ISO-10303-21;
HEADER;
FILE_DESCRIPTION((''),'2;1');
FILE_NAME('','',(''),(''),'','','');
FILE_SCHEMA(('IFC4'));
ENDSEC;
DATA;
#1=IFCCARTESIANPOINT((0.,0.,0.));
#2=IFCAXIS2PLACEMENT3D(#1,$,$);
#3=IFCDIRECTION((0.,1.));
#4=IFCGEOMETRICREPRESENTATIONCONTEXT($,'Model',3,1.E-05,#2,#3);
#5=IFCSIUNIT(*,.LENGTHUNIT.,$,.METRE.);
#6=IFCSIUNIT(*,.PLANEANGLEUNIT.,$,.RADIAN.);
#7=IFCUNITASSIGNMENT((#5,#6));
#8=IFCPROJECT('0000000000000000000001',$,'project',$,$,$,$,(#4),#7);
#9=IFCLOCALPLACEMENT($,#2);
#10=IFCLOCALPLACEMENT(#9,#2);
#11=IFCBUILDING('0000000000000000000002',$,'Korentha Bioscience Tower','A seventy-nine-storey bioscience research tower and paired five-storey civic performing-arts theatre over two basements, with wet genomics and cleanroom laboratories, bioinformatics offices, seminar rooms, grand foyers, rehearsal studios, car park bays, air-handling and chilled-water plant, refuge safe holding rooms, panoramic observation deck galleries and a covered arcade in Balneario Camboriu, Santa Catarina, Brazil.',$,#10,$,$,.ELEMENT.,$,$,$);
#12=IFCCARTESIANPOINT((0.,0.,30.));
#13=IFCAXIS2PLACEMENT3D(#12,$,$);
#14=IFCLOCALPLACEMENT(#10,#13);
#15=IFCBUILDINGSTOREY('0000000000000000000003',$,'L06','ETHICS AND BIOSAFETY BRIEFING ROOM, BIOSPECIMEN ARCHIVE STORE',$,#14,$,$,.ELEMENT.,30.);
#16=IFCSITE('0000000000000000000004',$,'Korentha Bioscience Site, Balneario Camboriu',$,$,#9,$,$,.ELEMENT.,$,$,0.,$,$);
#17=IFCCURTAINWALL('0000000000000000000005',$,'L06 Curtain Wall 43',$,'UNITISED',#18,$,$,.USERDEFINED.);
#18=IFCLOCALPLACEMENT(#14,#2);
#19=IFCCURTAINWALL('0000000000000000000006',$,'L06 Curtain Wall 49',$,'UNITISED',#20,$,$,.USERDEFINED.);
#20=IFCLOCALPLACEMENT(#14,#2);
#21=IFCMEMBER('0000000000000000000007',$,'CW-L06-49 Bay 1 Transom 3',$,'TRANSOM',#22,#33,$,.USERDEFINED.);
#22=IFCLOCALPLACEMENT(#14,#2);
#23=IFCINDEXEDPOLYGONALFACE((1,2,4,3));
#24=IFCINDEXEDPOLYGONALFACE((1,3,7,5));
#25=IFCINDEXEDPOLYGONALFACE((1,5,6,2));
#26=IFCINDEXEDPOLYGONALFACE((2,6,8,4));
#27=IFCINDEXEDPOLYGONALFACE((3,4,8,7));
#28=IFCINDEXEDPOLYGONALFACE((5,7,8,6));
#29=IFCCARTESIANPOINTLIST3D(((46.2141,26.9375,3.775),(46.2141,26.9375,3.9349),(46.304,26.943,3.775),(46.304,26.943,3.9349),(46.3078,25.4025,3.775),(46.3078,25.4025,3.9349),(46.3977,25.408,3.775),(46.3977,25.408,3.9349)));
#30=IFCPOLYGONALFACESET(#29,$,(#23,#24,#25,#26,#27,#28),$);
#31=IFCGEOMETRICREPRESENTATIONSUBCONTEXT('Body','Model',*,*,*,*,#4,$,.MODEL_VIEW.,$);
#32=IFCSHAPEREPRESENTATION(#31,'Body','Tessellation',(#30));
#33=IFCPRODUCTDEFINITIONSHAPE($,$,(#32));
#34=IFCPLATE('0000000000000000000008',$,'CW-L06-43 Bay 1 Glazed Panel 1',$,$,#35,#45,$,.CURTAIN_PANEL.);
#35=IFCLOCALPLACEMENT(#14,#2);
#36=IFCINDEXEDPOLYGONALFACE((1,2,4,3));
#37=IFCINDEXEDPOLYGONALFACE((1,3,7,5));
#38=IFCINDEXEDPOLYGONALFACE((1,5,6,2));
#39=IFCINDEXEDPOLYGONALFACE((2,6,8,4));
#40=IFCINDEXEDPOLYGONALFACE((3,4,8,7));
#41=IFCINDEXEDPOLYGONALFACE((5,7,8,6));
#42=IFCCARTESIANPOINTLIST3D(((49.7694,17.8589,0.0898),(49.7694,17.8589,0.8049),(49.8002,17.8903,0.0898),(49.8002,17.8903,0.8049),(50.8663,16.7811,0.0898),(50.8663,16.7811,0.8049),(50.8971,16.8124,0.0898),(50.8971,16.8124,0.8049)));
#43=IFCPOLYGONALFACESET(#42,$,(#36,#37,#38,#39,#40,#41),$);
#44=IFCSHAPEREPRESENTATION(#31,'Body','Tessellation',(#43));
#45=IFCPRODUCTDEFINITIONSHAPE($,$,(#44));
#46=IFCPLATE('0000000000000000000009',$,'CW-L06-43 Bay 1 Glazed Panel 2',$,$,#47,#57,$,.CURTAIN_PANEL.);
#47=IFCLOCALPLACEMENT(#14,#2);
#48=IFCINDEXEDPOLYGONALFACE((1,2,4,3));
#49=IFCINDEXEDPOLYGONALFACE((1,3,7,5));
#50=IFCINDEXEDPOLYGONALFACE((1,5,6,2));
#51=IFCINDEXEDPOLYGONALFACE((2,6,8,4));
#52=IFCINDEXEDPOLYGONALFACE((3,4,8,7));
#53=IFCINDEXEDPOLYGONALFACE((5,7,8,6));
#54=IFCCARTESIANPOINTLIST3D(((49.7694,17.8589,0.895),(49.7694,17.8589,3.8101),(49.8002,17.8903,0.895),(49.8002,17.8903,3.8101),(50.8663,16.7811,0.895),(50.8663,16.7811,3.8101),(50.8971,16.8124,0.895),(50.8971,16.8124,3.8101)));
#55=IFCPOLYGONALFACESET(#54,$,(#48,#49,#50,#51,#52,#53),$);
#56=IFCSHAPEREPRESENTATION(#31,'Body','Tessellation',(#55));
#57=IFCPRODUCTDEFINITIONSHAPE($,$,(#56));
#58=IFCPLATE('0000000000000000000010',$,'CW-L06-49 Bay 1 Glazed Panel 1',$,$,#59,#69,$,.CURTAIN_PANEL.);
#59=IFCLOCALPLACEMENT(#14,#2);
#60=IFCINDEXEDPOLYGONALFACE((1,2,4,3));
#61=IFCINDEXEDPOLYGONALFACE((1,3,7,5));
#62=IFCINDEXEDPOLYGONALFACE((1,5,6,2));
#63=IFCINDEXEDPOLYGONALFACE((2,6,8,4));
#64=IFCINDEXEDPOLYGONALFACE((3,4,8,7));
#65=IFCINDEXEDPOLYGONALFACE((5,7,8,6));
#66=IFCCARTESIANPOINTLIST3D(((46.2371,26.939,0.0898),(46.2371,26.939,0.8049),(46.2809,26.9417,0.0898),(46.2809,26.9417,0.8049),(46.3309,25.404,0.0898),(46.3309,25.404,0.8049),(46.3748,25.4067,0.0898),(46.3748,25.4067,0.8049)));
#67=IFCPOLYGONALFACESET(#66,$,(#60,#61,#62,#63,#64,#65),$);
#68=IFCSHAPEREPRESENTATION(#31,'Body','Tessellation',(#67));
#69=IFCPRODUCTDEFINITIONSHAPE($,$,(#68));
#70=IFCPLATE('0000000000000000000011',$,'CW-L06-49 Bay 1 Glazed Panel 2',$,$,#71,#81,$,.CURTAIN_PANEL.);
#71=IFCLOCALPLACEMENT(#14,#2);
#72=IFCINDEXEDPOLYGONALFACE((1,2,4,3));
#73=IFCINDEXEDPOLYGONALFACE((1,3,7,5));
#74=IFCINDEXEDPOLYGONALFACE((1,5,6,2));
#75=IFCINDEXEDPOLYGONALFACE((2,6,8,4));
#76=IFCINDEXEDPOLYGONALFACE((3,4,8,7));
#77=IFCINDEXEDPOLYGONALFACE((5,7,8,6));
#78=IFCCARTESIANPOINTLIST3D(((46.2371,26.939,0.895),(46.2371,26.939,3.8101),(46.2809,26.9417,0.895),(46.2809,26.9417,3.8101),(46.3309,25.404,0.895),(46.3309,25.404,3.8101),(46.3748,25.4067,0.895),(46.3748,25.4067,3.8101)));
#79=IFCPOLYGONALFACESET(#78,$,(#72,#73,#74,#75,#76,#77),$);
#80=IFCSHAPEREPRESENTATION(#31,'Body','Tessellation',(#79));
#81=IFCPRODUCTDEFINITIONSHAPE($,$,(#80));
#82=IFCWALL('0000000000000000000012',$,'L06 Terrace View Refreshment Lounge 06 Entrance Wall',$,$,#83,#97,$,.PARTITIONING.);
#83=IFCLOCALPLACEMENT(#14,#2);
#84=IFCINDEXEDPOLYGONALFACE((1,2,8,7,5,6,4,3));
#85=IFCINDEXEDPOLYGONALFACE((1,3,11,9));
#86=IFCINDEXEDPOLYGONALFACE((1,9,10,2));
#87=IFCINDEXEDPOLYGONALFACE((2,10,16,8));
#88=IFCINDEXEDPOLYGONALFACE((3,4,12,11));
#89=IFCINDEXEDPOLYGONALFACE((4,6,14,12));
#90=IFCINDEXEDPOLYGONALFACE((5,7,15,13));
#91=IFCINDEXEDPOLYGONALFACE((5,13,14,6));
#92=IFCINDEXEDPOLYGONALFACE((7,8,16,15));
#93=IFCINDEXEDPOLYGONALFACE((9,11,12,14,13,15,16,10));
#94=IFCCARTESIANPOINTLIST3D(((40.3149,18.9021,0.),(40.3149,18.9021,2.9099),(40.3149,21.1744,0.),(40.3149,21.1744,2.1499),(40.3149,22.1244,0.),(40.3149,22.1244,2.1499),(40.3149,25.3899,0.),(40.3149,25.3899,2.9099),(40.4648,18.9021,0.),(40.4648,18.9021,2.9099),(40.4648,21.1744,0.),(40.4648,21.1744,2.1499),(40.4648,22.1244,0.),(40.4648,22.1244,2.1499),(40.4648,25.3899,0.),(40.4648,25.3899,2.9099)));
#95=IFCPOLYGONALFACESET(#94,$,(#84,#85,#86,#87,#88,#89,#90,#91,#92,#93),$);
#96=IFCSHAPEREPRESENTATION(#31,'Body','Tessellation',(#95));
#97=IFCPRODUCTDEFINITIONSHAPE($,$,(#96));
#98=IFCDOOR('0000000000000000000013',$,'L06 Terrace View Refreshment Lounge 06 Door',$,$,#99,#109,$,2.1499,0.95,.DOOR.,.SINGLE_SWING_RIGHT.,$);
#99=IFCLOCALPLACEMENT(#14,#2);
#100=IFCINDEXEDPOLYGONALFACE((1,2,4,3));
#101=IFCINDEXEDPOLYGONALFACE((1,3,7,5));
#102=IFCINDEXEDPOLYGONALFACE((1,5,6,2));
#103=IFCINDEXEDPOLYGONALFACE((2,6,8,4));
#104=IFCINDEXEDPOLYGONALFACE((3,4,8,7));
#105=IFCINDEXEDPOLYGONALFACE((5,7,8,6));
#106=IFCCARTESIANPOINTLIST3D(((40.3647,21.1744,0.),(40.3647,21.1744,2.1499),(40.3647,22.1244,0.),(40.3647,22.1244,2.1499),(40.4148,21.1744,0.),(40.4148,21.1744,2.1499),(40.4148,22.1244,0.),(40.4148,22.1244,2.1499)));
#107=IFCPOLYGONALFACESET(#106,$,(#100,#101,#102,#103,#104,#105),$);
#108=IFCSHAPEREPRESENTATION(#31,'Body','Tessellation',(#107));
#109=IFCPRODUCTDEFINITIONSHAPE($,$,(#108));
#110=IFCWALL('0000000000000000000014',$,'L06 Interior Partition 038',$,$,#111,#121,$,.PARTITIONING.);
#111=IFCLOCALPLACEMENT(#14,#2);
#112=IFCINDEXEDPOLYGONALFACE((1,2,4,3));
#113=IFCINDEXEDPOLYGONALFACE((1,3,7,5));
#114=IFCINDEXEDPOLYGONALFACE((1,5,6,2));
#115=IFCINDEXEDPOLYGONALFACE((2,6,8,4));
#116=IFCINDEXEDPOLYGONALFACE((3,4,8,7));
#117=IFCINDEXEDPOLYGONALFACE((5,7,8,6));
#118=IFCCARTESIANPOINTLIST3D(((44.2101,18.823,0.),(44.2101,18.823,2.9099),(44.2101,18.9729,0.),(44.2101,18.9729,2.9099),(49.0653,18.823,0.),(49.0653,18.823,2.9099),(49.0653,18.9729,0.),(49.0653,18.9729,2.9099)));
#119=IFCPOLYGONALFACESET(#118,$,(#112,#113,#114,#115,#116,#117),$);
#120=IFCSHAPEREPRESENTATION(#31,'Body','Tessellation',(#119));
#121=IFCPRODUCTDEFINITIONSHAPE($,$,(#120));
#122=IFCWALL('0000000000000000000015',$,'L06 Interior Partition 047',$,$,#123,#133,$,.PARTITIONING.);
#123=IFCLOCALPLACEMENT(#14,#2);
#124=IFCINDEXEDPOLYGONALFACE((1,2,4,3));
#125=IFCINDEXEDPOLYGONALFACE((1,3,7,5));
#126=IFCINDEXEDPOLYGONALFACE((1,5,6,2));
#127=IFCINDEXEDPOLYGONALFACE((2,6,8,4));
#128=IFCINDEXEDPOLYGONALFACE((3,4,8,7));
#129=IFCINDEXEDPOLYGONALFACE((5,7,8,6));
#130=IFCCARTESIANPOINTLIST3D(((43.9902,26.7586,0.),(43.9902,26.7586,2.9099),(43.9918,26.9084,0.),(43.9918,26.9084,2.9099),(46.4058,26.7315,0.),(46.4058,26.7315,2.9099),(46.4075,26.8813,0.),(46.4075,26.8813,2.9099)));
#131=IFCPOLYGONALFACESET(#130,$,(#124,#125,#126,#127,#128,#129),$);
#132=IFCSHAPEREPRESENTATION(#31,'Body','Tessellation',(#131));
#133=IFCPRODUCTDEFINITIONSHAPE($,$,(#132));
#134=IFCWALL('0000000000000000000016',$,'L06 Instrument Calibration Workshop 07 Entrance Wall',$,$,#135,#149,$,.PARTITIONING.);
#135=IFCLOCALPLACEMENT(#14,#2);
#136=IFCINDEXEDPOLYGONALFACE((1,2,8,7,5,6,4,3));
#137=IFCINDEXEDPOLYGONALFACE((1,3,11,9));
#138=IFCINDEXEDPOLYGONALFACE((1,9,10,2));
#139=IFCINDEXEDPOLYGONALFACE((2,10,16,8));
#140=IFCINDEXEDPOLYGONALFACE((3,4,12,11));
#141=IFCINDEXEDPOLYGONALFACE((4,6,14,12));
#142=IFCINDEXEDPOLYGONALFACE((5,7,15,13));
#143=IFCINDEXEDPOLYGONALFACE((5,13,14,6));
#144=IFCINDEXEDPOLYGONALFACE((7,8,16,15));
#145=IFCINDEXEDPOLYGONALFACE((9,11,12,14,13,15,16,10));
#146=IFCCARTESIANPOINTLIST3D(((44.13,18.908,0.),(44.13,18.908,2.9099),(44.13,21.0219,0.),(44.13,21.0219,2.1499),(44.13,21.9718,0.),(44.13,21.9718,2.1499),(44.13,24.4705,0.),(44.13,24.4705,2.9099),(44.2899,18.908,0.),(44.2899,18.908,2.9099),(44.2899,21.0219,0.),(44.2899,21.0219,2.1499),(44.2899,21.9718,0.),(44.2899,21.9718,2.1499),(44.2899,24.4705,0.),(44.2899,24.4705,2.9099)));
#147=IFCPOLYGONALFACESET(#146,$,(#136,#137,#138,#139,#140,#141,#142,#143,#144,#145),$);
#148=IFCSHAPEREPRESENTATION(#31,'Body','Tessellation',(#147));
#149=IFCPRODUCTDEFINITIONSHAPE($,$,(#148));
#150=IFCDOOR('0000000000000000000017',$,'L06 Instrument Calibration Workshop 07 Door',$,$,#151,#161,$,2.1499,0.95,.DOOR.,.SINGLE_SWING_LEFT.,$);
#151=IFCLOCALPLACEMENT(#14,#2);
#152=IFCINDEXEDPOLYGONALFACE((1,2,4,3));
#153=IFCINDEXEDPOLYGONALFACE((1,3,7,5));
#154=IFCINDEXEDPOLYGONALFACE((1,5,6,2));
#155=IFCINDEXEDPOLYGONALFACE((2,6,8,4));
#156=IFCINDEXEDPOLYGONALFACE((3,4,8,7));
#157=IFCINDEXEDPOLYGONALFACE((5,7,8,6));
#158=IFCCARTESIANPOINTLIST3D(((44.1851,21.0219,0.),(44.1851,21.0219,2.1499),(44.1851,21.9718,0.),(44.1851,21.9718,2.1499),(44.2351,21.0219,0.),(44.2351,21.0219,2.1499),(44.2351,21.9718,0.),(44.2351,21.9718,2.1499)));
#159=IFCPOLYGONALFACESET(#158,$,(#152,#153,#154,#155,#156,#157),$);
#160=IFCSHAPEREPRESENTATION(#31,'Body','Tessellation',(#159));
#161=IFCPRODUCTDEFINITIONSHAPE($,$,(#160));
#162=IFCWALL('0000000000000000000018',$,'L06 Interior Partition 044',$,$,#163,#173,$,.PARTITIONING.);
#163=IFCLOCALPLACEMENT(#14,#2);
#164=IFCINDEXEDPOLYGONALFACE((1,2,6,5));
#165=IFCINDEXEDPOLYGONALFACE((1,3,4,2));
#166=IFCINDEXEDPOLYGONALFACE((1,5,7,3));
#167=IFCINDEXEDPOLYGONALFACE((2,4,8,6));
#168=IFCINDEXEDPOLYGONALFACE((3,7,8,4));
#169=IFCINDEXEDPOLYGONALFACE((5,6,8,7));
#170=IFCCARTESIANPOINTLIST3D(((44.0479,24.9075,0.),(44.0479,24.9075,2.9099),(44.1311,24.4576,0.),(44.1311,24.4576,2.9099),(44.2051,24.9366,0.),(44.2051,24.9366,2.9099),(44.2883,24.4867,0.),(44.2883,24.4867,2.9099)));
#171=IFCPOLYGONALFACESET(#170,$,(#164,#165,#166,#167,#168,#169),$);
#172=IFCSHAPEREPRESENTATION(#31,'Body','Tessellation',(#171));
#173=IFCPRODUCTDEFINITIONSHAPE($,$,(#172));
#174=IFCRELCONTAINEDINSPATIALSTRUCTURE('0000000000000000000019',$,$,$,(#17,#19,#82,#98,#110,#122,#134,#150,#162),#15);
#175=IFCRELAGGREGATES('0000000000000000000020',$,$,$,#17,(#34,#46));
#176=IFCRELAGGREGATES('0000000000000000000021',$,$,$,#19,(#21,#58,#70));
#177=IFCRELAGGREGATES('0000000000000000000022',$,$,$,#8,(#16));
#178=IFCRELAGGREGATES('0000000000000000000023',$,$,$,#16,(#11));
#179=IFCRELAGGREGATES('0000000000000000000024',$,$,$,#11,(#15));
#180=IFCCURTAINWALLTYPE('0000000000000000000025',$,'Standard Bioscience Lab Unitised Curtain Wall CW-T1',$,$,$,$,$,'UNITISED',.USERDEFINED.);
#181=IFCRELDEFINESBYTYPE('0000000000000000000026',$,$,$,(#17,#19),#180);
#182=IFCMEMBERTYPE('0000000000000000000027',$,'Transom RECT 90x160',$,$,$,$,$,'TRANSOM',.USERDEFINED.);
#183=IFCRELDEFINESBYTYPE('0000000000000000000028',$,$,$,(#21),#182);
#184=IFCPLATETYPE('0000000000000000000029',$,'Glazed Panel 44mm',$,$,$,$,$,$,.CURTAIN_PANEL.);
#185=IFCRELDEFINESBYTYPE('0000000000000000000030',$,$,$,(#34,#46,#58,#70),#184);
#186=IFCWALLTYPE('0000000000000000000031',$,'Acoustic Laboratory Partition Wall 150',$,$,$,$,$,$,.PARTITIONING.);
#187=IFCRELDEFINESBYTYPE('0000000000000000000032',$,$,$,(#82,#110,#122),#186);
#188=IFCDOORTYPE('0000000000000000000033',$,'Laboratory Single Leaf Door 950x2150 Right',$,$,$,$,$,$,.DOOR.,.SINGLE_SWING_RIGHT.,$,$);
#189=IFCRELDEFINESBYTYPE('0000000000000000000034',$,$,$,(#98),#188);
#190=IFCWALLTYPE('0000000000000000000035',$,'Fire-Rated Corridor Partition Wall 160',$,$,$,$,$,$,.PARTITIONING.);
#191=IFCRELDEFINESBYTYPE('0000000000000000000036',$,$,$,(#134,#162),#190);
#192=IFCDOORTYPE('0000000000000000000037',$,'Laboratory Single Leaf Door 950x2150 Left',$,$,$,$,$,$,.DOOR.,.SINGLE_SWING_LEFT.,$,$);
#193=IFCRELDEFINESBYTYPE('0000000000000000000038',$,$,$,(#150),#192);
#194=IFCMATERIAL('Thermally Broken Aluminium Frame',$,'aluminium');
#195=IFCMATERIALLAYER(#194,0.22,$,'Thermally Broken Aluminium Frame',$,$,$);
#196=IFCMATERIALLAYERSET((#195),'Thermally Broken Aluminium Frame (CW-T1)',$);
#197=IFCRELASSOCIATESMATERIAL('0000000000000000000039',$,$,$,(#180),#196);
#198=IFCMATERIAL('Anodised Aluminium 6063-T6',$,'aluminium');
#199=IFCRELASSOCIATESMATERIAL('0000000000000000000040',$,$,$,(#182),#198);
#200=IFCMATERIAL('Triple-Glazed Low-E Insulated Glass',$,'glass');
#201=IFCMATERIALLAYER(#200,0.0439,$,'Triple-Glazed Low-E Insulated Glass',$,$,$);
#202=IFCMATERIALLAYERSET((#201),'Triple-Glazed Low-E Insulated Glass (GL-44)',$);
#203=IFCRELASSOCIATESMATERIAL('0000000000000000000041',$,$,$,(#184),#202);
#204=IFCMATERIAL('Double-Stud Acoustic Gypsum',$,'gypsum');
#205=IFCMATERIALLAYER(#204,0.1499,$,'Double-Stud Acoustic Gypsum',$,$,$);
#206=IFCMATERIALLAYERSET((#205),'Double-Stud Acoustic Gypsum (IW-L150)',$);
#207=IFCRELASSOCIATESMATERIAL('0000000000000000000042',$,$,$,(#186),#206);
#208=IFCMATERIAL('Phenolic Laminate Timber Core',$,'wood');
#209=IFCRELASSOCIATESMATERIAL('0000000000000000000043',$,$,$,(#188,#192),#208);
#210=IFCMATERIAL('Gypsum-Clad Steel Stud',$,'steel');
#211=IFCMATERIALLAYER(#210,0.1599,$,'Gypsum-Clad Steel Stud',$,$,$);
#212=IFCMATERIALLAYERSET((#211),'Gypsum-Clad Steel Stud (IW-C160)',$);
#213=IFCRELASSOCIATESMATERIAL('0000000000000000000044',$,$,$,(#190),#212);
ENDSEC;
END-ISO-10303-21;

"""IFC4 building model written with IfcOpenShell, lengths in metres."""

from ifc_helpers import new_model, si_unit, direction, frame, frame_2d, origin, origin_2d, place, context, subcontext, project, spatial, rectangle, extrude, material, layer, layer_set, material_profile, profile_set, type_object, element, fill, aggregate, save


model = new_model("IFC4")

# Units and contexts
model_context = context("Model", 3, precision=1e-05, world=origin(), true_north=direction((0.0, 1.0)))
body_context = subcontext(model_context, "Body", "Model", "MODEL_VIEW")
ifc_project = project(units=[si_unit("LENGTHUNIT", "METRE"), si_unit("PLANEANGLEUNIT", "RADIAN")], contexts=[model_context])

# Site, building, storey
site_placement = place(None, origin())
site = spatial("IfcSite", under=ifc_project, at=site_placement, Name="Korentha Bioscience Site, Balneario Camboriu", CompositionType="ELEMENT", RefElevation=0.0)
building_placement = place(site_placement, origin())
building = spatial("IfcBuilding", under=site, at=building_placement, Name="Korentha Bioscience Tower", Description="A seventy-nine-storey bioscience research tower and paired five-storey civic performing-arts theatre over two basements, with wet genomics and cleanroom laboratories, bioinformatics offices, seminar rooms, grand foyers, rehearsal studios, car park bays, air-handling and chilled-water plant, refuge safe holding rooms, panoramic observation deck galleries and a covered arcade in Balneario Camboriu, Santa Catarina, Brazil.", CompositionType="ELEMENT")
storey_placement = place(building_placement, frame((0.0, 0.0, 30.0)))
storey = spatial("IfcBuildingStorey", under=building, at=storey_placement, Name="L06", Description="ETHICS AND BIOSAFETY BRIEFING ROOM, BIOSPECIMEN ARCHIVE STORE", CompositionType="ELEMENT", Elevation=30.0)

# Curtain wall
ifc_material_1 = material(Name="Thermally Broken Aluminium Frame", Category="aluminium")
ifc_layer_1 = layer(ifc_material_1, 0.22, Name="Thermally Broken Aluminium Frame")
ifc_layer_set_1 = layer_set([ifc_layer_1], Name="Thermally Broken Aluminium Frame (CW-T1)")
curtain_wall_type = type_object("IfcCurtainWallType", Name="Standard Bioscience Lab Unitised Curtain Wall CW-T1", ElementType="UNITISED", PredefinedType="USERDEFINED", material=ifc_layer_set_1)
curtain_wall_1_placement = place(storey_placement, origin())
curtain_wall_1 = element("IfcCurtainWall", 1, at=curtain_wall_1_placement, inside=storey, type_object=curtain_wall_type, Name="L06 Curtain Wall 43", ObjectType="UNITISED", PredefinedType="USERDEFINED")
ifc_material_2 = material(Name="Anodised Aluminium 6063-T6", Category="aluminium")

# Curtain wall
curtain_wall_2_placement = place(storey_placement, origin())
curtain_wall_2 = element("IfcCurtainWall", 2, at=curtain_wall_2_placement, inside=storey, type_object=curtain_wall_type, Name="L06 Curtain Wall 49", ObjectType="UNITISED", PredefinedType="USERDEFINED")

# Member
ifc_material_profile_1 = material_profile(ifc_material_2, rectangle(XDim=0.0901, YDim=0.1599, at=origin_2d()), Name="Anodised Aluminium 6063-T6")
ifc_profile_set_1 = profile_set([ifc_material_profile_1], Name="Anodised Aluminium 6063-T6 (CW-TRN)")
member_type_1 = type_object("IfcMemberType", Name="Transom RECT 90x160", ElementType="TRANSOM", PredefinedType="USERDEFINED", material=ifc_profile_set_1)
member_1_placement = place(storey_placement, frame((46.3528, 25.4053, 3.855), z_axis=(-0.060965, 0.99814, 0.0), x_axis=(-0.99814, -0.060965, 0.0)))
member_1 = element("IfcMember", 3, at=member_1_placement, type_object=member_type_1, Name="CW-L06-49 Bay 1 Transom 3", ObjectType="TRANSOM", PredefinedType="USERDEFINED", context=body_context, shape_type="SweptSolid", body=[
    extrude(rectangle(XDim=0.0901, YDim=0.1599, at=origin_2d()), origin(), (0.0, 0.0, 1.0), 1.5378),
])

# Plates
ifc_material_3 = material(Name="Triple-Glazed Low-E Insulated Glass", Category="glass")
ifc_layer_2 = layer(ifc_material_3, 0.0439, Name="Triple-Glazed Low-E Insulated Glass")
ifc_layer_set_2 = layer_set([ifc_layer_2], Name="Triple-Glazed Low-E Insulated Glass (GL-44)")
plate_type = type_object("IfcPlateType", Name="Glazed Panel 44mm", PredefinedType="CURTAIN_PANEL", material=ifc_layer_set_2)
plate_1_placement = place(storey_placement, frame((50.3333, 17.3357, 0.0898), z_axis=(0.0, 0.0, 1.0), x_axis=(-0.713279, 0.70088, 0.0)))
plate_1 = element("IfcPlate", 4, at=plate_1_placement, type_object=plate_type, Name="CW-L06-43 Bay 1 Glazed Panel 1", PredefinedType="CURTAIN_PANEL", context=body_context, shape_type="SweptSolid", body=[
    extrude(rectangle(XDim=1.5378, YDim=0.0439, at=origin_2d()), origin(), (0.0, 0.0, 1.0), 0.7151),
])
plate_2_placement = place(storey_placement, frame((50.3333, 17.3357, 0.895), z_axis=(0.0, 0.0, 1.0), x_axis=(-0.713279, 0.70088, 0.0)))
plate_2 = element("IfcPlate", 5, at=plate_2_placement, type_object=plate_type, Name="CW-L06-43 Bay 1 Glazed Panel 2", PredefinedType="CURTAIN_PANEL", context=body_context, shape_type="SweptSolid", body=[
    extrude(rectangle(XDim=1.5378, YDim=0.0439, at=origin_2d()), origin(), (0.0, 0.0, 1.0), 2.915),
])
aggregate(curtain_wall_1, [plate_1, plate_2])
plate_3_placement = place(storey_placement, frame((46.3059, 26.1729, 0.0898), z_axis=(0.0, 0.0, 1.0), x_axis=(-0.061008, 0.998137, 0.0)))
plate_3 = element("IfcPlate", 6, at=plate_3_placement, type_object=plate_type, Name="CW-L06-49 Bay 1 Glazed Panel 1", PredefinedType="CURTAIN_PANEL", context=body_context, shape_type="SweptSolid", body=[
    extrude(rectangle(XDim=1.5378, YDim=0.0439, at=origin_2d()), origin(), (0.0, 0.0, 1.0), 0.7151),
])
plate_4_placement = place(storey_placement, frame((46.3059, 26.1729, 0.895), z_axis=(0.0, 0.0, 1.0), x_axis=(-0.061008, 0.998137, 0.0)))
plate_4 = element("IfcPlate", 7, at=plate_4_placement, type_object=plate_type, Name="CW-L06-49 Bay 1 Glazed Panel 2", PredefinedType="CURTAIN_PANEL", context=body_context, shape_type="SweptSolid", body=[
    extrude(rectangle(XDim=1.5378, YDim=0.0439, at=origin_2d()), origin(), (0.0, 0.0, 1.0), 2.915),
])
aggregate(curtain_wall_2, [member_1, plate_3, plate_4])

# Wall, opening, door
ifc_material_4 = material(Name="Double-Stud Acoustic Gypsum", Category="gypsum")
ifc_layer_3 = layer(ifc_material_4, 0.1499, Name="Double-Stud Acoustic Gypsum")
ifc_layer_set_3 = layer_set([ifc_layer_3], Name="Double-Stud Acoustic Gypsum (IW-L150)")
wall_type_1 = type_object("IfcWallType", Name="Acoustic Laboratory Partition Wall 150", PredefinedType="PARTITIONING", material=ifc_layer_set_3)
wall_1_placement = place(storey_placement, frame((40.3899, 25.3899, 0.0), z_axis=(0.0, 0.0, 1.0), x_axis=(0.0, -1.0, 0.0)))
wall_1 = element("IfcWall", 8, at=wall_1_placement, inside=storey, type_object=wall_type_1, Name="L06 Terrace View Refreshment Lounge 06 Entrance Wall", PredefinedType="PARTITIONING", context=body_context, shape_type="SweptSolid", body=[
    extrude(rectangle(XDim=6.4878, YDim=0.1499, at=frame_2d((3.2439, 0.0))), origin(), (0.0, 0.0, 1.0), 2.9099),
])
opening_1_placement = place(wall_1_placement, frame((3.2654, 0.0, 0.0)))
opening_1 = element("IfcOpeningElement", 9, at=opening_1_placement, cuts=wall_1, PredefinedType="OPENING", context=body_context, shape_type="SweptSolid", body=[
    extrude(rectangle(XDim=0.95, YDim=2.1499, at=frame_2d((0.4751, 1.075))), frame((0.0, 0.0898, 0.0), z_axis=(0.0, -1.0, 0.0), x_axis=(1.0, 0.0, 0.0)), (0.0, 0.0, 1.0), 0.1797),
])
ifc_material_5 = material(Name="Phenolic Laminate Timber Core", Category="wood")
door_type_1 = type_object("IfcDoorType", Name="Laboratory Single Leaf Door 950x2150 Right", OperationType="SINGLE_SWING_RIGHT", PredefinedType="DOOR", material=ifc_material_5)
door_1_placement = place(opening_1_placement, origin())
door_1 = element("IfcDoor", 10, at=door_1_placement, inside=storey, type_object=door_type_1, Name="L06 Terrace View Refreshment Lounge 06 Door", OperationType="SINGLE_SWING_RIGHT", OverallHeight=2.1499, OverallWidth=0.95, PredefinedType="DOOR", context=body_context, shape_type="SweptSolid", body=[
    extrude(rectangle(XDim=0.95, YDim=2.1499, at=frame_2d((0.4751, 1.075))), frame((0.0, 0.0249, 0.0), z_axis=(0.0, -1.0, 0.0), x_axis=(1.0, 0.0, 0.0)), (0.0, 0.0, 1.0), 0.05),
])
fill(opening_1, door_1)

# Walls
wall_2_placement = place(storey_placement, frame((44.21, 18.8979, 0.0), z_axis=(0.0, 0.0, 1.0), x_axis=(1.0, 0.0, 0.0)))
element("IfcWall", 11, at=wall_2_placement, inside=storey, type_object=wall_type_1, Name="L06 Interior Partition 038", PredefinedType="PARTITIONING", context=body_context, shape_type="SweptSolid", body=[
    extrude(rectangle(XDim=4.8552, YDim=0.1499, at=frame_2d((2.4277, 0.0))), origin(), (0.0, 0.0, 1.0), 2.9099),
])
wall_3_placement = place(storey_placement, frame((46.4067, 26.8064, 0.0), z_axis=(0.0, 0.0, 1.0), x_axis=(-0.999937, 0.011218, 0.0)))
element("IfcWall", 12, at=wall_3_placement, inside=storey, type_object=wall_type_1, Name="L06 Interior Partition 047", PredefinedType="PARTITIONING", context=body_context, shape_type="SweptSolid", body=[
    extrude(rectangle(XDim=2.4158, YDim=0.1499, at=frame_2d((1.208, 0.0))), origin(), (0.0, 0.0, 1.0), 2.9099),
])

# Wall, opening, door
ifc_material_6 = material(Name="Gypsum-Clad Steel Stud", Category="steel")
ifc_layer_4 = layer(ifc_material_6, 0.1599, Name="Gypsum-Clad Steel Stud")
ifc_layer_set_4 = layer_set([ifc_layer_4], Name="Gypsum-Clad Steel Stud (IW-C160)")
wall_type_2 = type_object("IfcWallType", Name="Fire-Rated Corridor Partition Wall 160", PredefinedType="PARTITIONING", material=ifc_layer_set_4)
wall_4_placement = place(storey_placement, frame((44.21, 18.908, 0.0), z_axis=(0.0, 0.0, 1.0), x_axis=(0.0, 1.0, 0.0)))
wall_4 = element("IfcWall", 13, at=wall_4_placement, inside=storey, type_object=wall_type_2, Name="L06 Instrument Calibration Workshop 07 Entrance Wall", PredefinedType="PARTITIONING", context=body_context, shape_type="SweptSolid", body=[
    extrude(rectangle(XDim=5.5625, YDim=0.1599, at=frame_2d((2.7812, 0.0))), origin(), (0.0, 0.0, 1.0), 2.9099),
])
opening_2_placement = place(wall_4_placement, frame((2.1138, 0.0, 0.0)))
opening_2 = element("IfcOpeningElement", 14, at=opening_2_placement, cuts=wall_4, PredefinedType="OPENING", context=body_context, shape_type="SweptSolid", body=[
    extrude(rectangle(XDim=0.95, YDim=2.1499, at=frame_2d((0.4751, 1.075))), frame((0.0, 0.0947, 0.0), z_axis=(0.0, -1.0, 0.0), x_axis=(1.0, 0.0, 0.0)), (0.0, 0.0, 1.0), 0.1897),
])
door_type_2 = type_object("IfcDoorType", Name="Laboratory Single Leaf Door 950x2150 Left", OperationType="SINGLE_SWING_LEFT", PredefinedType="DOOR", material=ifc_material_5)
door_2_placement = place(opening_2_placement, origin())
door_2 = element("IfcDoor", 15, at=door_2_placement, inside=storey, type_object=door_type_2, Name="L06 Instrument Calibration Workshop 07 Door", OperationType="SINGLE_SWING_LEFT", OverallHeight=2.1499, OverallWidth=0.95, PredefinedType="DOOR", context=body_context, shape_type="SweptSolid", body=[
    extrude(rectangle(XDim=0.95, YDim=2.1499, at=frame_2d((0.4751, 1.075))), frame((0.0, 0.0249, 0.0), z_axis=(0.0, -1.0, 0.0), x_axis=(1.0, 0.0, 0.0)), (0.0, 0.0, 1.0), 0.05),
])
fill(opening_2, door_2)

# Wall
wall_5_placement = place(storey_placement, frame((44.2097, 24.4722, 0.0), z_axis=(0.0, 0.0, 1.0), x_axis=(-0.181936, 0.98331, 0.0)))
element("IfcWall", 16, at=wall_5_placement, inside=storey, type_object=wall_type_2, Name="L06 Interior Partition 044", PredefinedType="PARTITIONING", context=body_context, shape_type="SweptSolid", body=[
    extrude(rectangle(XDim=0.4575, YDim=0.1599, at=frame_2d((0.2288, 0.0))), origin(), (0.0, 0.0, 1.0), 2.9099),
])

save(model, "model.ifc")
